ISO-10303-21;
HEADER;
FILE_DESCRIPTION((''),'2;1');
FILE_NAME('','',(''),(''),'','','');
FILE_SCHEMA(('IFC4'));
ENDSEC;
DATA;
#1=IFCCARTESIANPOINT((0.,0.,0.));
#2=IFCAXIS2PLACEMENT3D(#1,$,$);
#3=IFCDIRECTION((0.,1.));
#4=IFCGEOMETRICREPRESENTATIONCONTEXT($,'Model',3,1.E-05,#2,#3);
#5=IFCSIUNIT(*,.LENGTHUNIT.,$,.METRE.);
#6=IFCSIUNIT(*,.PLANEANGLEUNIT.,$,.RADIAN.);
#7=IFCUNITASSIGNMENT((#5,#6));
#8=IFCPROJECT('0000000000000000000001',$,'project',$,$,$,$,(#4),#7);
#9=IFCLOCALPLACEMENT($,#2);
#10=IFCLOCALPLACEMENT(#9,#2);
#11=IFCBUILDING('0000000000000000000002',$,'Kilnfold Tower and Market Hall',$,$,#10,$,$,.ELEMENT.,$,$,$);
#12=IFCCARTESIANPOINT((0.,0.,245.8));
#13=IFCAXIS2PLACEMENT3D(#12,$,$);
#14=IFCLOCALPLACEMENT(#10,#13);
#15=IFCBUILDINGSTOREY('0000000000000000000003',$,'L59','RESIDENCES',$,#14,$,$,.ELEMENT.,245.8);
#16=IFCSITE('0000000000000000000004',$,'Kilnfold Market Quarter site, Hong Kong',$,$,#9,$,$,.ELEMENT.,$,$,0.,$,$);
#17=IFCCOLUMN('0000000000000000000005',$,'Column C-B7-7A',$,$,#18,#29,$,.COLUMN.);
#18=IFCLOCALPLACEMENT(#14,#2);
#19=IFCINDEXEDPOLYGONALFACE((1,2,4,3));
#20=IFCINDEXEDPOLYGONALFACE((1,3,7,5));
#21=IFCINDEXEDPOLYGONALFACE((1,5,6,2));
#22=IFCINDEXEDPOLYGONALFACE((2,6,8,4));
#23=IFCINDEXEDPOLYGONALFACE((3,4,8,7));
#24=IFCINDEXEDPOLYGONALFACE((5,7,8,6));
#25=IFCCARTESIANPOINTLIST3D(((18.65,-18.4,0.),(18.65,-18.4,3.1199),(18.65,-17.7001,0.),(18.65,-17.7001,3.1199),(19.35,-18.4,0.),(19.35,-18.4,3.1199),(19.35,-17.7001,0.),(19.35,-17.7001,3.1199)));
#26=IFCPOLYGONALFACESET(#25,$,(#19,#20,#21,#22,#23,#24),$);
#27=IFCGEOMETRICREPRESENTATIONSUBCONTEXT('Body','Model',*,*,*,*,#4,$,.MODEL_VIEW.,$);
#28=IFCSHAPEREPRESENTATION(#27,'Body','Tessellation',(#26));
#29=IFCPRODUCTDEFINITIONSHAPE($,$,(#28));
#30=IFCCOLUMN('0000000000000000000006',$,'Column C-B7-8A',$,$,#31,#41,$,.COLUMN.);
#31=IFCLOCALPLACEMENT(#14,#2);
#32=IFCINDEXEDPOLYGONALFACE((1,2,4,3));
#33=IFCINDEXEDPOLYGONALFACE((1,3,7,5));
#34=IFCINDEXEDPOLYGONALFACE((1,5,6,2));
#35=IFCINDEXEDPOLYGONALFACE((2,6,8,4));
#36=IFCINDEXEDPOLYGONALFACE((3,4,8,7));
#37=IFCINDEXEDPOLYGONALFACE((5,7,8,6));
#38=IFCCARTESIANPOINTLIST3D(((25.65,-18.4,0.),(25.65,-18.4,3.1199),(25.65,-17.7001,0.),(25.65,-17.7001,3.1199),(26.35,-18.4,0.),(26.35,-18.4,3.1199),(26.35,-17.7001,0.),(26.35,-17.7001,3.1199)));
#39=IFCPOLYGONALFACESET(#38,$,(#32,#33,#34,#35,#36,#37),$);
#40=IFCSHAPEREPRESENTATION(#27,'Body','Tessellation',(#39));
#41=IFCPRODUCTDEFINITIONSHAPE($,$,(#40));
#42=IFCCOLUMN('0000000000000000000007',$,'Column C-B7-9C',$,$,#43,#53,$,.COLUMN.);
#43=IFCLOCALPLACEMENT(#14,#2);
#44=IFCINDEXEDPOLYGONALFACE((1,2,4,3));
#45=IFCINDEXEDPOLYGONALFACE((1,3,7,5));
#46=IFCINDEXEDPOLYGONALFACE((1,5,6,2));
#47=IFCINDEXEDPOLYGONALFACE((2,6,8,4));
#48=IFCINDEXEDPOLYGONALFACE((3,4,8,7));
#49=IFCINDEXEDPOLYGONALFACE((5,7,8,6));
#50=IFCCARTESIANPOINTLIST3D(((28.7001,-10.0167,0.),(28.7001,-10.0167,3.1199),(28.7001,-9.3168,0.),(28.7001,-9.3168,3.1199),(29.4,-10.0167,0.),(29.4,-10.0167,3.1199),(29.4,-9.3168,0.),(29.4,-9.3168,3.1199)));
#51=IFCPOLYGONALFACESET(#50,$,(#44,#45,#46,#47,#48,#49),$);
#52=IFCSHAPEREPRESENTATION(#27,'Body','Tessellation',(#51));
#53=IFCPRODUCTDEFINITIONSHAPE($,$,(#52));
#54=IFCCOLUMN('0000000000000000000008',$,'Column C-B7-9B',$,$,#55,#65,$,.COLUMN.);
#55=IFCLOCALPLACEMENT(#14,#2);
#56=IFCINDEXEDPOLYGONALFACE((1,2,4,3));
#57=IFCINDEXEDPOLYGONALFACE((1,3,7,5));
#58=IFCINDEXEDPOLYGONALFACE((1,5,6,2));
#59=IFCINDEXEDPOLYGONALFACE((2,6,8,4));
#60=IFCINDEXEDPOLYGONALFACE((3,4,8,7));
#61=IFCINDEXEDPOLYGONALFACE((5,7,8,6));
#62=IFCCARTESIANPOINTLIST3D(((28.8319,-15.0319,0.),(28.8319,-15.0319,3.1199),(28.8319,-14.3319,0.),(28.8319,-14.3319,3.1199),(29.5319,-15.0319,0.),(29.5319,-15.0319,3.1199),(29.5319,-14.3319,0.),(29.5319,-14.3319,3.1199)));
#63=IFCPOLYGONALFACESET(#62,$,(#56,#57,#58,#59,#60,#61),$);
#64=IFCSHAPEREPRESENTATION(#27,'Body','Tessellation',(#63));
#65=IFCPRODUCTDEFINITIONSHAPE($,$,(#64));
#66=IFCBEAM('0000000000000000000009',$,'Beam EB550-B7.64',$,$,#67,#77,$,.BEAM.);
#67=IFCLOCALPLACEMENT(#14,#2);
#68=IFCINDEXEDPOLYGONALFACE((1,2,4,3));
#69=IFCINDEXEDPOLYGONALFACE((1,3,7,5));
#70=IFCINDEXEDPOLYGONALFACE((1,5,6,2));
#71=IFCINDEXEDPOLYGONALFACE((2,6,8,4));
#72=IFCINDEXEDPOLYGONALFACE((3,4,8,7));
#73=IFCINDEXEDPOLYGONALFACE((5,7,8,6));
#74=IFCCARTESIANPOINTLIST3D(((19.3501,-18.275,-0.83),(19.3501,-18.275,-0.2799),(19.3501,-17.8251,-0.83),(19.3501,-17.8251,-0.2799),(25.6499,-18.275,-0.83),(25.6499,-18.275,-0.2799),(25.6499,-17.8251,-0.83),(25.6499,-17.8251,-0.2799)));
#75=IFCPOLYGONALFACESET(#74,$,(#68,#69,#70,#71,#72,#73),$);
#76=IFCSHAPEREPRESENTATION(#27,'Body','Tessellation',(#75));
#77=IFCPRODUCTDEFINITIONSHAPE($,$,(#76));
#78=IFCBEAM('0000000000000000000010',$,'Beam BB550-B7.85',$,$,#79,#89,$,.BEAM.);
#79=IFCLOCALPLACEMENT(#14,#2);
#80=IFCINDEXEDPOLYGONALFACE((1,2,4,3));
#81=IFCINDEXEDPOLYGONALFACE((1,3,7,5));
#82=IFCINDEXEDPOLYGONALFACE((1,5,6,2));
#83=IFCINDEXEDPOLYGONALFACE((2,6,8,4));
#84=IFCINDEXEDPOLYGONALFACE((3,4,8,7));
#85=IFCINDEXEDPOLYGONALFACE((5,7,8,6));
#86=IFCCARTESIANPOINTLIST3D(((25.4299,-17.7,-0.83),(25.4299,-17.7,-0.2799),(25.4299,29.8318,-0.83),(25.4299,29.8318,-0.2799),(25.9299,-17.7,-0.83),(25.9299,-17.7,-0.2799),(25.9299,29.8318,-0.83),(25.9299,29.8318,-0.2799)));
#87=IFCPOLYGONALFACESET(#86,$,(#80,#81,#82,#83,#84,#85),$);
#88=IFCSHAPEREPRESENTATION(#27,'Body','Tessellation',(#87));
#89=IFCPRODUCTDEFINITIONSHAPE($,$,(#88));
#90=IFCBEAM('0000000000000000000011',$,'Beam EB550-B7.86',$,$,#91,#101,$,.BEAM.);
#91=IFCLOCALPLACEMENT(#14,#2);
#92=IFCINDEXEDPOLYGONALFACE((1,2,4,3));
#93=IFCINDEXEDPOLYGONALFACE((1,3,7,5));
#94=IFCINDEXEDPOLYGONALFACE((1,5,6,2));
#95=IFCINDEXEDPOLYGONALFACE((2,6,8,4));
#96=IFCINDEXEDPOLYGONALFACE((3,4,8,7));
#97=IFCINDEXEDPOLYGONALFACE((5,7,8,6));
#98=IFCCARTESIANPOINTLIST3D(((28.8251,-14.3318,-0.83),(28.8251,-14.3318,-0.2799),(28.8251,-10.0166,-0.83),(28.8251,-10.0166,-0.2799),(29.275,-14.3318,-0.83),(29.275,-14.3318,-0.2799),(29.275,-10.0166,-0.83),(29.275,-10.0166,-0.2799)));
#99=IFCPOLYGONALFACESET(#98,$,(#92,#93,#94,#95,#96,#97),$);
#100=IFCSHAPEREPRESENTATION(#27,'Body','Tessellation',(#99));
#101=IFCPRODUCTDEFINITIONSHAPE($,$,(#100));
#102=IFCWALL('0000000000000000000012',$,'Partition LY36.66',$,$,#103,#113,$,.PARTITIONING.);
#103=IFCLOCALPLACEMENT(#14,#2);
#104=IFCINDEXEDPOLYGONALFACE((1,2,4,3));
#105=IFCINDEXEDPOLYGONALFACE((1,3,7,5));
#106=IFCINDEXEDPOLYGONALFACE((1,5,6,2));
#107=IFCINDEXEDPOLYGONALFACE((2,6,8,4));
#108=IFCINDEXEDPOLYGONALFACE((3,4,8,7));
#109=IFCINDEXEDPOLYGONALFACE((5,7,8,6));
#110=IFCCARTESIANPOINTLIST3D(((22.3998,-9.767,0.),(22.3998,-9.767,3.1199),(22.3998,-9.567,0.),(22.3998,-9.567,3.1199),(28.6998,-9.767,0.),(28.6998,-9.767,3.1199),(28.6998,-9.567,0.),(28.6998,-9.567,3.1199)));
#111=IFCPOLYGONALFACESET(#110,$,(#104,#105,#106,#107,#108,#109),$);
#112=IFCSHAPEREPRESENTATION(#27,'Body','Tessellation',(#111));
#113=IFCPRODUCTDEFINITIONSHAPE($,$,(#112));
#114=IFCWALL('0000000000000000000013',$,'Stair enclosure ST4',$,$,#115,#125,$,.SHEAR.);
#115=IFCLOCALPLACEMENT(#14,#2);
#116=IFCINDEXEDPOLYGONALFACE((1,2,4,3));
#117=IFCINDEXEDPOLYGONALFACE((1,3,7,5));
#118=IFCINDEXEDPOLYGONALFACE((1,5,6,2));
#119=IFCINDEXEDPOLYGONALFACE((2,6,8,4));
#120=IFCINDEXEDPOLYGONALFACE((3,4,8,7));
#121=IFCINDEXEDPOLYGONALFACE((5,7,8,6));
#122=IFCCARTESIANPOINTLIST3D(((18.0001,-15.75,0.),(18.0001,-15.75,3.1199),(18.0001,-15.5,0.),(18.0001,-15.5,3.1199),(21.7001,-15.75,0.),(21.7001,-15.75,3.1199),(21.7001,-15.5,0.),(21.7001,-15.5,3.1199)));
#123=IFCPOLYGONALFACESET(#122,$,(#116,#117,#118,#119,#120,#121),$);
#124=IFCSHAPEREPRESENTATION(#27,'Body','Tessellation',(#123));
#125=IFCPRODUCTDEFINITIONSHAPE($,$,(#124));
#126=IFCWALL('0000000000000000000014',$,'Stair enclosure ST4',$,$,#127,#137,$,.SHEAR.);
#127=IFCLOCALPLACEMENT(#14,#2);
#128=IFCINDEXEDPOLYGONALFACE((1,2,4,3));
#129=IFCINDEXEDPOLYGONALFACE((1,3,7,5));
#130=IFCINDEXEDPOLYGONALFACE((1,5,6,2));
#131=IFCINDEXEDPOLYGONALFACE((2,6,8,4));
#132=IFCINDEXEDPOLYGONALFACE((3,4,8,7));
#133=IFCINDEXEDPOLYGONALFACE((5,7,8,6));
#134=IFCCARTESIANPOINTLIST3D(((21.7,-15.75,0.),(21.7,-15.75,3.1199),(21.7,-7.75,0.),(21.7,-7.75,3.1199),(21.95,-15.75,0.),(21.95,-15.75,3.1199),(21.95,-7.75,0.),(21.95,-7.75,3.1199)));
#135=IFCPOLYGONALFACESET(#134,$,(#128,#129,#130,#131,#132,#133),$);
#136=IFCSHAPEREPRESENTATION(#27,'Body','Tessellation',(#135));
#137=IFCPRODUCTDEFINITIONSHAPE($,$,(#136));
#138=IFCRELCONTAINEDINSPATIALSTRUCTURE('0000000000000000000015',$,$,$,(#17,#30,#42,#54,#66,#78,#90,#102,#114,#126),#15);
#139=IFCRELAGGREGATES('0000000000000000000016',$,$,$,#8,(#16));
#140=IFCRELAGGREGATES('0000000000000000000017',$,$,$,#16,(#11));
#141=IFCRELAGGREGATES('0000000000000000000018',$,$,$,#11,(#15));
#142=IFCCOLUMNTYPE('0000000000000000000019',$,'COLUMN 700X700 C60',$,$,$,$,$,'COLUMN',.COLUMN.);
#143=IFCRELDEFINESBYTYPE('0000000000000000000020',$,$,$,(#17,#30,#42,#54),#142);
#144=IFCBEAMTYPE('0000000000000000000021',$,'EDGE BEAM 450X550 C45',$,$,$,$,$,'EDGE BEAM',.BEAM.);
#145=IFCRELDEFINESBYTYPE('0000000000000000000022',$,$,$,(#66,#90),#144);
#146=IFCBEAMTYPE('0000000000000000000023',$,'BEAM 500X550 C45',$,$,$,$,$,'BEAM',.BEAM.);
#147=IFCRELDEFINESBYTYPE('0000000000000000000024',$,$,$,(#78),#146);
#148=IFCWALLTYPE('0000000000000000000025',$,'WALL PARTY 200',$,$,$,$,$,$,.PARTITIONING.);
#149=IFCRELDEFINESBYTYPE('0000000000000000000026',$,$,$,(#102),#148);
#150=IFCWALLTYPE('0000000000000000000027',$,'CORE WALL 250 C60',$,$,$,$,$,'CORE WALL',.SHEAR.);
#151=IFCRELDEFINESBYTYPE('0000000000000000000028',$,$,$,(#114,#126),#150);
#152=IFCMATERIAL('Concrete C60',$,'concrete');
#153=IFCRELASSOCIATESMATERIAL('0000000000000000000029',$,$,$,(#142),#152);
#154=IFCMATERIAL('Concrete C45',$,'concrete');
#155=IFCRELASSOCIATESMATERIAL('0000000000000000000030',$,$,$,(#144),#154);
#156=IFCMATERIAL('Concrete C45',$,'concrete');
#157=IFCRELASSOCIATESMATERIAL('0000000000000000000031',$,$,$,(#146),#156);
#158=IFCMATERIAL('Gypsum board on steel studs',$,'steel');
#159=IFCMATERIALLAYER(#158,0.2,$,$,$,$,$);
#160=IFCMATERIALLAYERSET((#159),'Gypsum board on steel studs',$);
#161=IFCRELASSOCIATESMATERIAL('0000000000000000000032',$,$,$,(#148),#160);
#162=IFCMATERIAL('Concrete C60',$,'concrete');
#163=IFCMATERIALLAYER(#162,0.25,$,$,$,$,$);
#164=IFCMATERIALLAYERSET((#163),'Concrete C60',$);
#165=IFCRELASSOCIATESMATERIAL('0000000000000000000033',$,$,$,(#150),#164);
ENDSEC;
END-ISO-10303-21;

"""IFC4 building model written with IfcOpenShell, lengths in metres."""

from ifc_helpers import new_model, si_unit, direction, frame, frame_2d, origin, origin_2d, place, context, subcontext, project, spatial, rectangle, extrude, source, transform, mapped, material, layer, layer_set, material_profile, profile_set, type_object, element, save


model = new_model("IFC4")

# Units and contexts
model_context = context("Model", 3, precision=1e-05, world=origin(), true_north=direction((0.0, 1.0)))
body_context = subcontext(model_context, "Body", "Model", "MODEL_VIEW")
ifc_project = project(units=[si_unit("LENGTHUNIT", "METRE"), si_unit("PLANEANGLEUNIT", "RADIAN")], contexts=[model_context])

# Site, building, storey
site_placement = place(None, origin())
site = spatial("IfcSite", under=ifc_project, at=site_placement, Name="Kilnfold Market Quarter site, Hong Kong", CompositionType="ELEMENT", RefElevation=0.0)
building_placement = place(site_placement, origin())
building = spatial("IfcBuilding", under=site, at=building_placement, Name="Kilnfold Tower and Market Hall", CompositionType="ELEMENT")
storey_placement = place(building_placement, frame((0.0, 0.0, 245.8)))
storey = spatial("IfcBuildingStorey", under=building, at=storey_placement, Name="L59", Description="RESIDENCES", CompositionType="ELEMENT", Elevation=245.8)

# Columns
ifc_material_1 = material(Name="Concrete C60", Category="concrete")
ifc_material_profile_1 = material_profile(ifc_material_1, rectangle(XDim=0.7, YDim=0.7, at=origin_2d()), Name="RC 700x700")
ifc_profile_set_1 = profile_set([ifc_material_profile_1], Name="Concrete C60")
column_type = type_object("IfcColumnType", Name="COLUMN 700X700 C60", ElementType="COLUMN", PredefinedType="COLUMN", material=ifc_profile_set_1)
shared_shape_1 = source(origin(), body_context, "Body", "SweptSolid", [
    extrude(rectangle(XDim=0.7, YDim=0.7, at=origin_2d()), origin(), (0.0, 0.0, 1.0), 3.1199),
])
for number, where, z_axis, x_axis, name in (
    (1, (19.0, -18.05, 0.0), (0.0, 0.0, 1.0), (1.0, 0.0, 0.0), "Column C-B7-7A"),
    (2, (26.0, -18.05, 0.0), (0.0, 0.0, 1.0), (1.0, 0.0, 0.0), "Column C-B7-8A"),
    (3, (29.05, -9.6667, 0.0), (0.0, 0.0, 1.0), (1.0, 0.0, 0.0), "Column C-B7-9C"),
    (4, (29.1819, -14.6819, 0.0), (0.0, 0.0, 1.0), (1.0, 0.0, 0.0), "Column C-B7-9B"),
):
    element("IfcColumn", number, at=place(storey_placement, frame(where, z_axis=z_axis, x_axis=x_axis)), inside=storey, type_object=column_type, Name=name, PredefinedType="COLUMN", context=body_context, shape_type="MappedRepresentation", body=[
        mapped(shared_shape_1, transform((0.0, 0.0, 0.0))),
    ])

# Beams
ifc_material_2 = material(Name="Concrete C45", Category="concrete")
ifc_material_profile_2 = material_profile(ifc_material_2, rectangle(XDim=0.45, YDim=0.55, at=origin_2d()), Name="RC 450x550")
ifc_profile_set_2 = profile_set([ifc_material_profile_2], Name="Concrete C45")
beam_type_1 = type_object("IfcBeamType", Name="EDGE BEAM 450X550 C45", ElementType="EDGE BEAM", PredefinedType="BEAM", material=ifc_profile_set_2)
shared_shape_2 = source(origin(), body_context, "Body", "SweptSolid", [
    extrude(rectangle(XDim=0.45, YDim=0.55, at=origin_2d()), origin(), (0.0, 0.0, 1.0), 6.2998),
])
beam_1_placement = place(storey_placement, frame((19.3501, -18.05, -0.5549), z_axis=(1.0, 0.0, 0.0), x_axis=(0.0, 1.0, 0.0)))
element("IfcBeam", 5, at=beam_1_placement, inside=storey, type_object=beam_type_1, Name="Beam EB550-B7.64", PredefinedType="BEAM", context=body_context, shape_type="MappedRepresentation", body=[
    mapped(shared_shape_2, transform((0.0, 0.0, 0.0))),
])
ifc_material_3 = material(Name="Concrete C45", Category="concrete")
ifc_material_profile_3 = material_profile(ifc_material_3, rectangle(XDim=0.5, YDim=0.55, at=origin_2d()), Name="RC 500x550")
ifc_profile_set_3 = profile_set([ifc_material_profile_3], Name="Concrete C45")
beam_type_2 = type_object("IfcBeamType", Name="BEAM 500X550 C45", ElementType="BEAM", PredefinedType="BEAM", material=ifc_profile_set_3)
shared_shape_3 = source(origin(), body_context, "Body", "SweptSolid", [
    extrude(rectangle(XDim=0.5, YDim=0.55, at=origin_2d()), origin(), (0.0, 0.0, 1.0), 47.5317),
])
beam_2_placement = place(storey_placement, frame((25.6799, -17.7, -0.5549), z_axis=(0.0, 1.0, 0.0), x_axis=(-1.0, 0.0, 0.0)))
element("IfcBeam", 6, at=beam_2_placement, inside=storey, type_object=beam_type_2, Name="Beam BB550-B7.85", PredefinedType="BEAM", context=body_context, shape_type="MappedRepresentation", body=[
    mapped(shared_shape_3, transform((0.0, 0.0, 0.0))),
])
shared_shape_4 = source(origin(), body_context, "Body", "SweptSolid", [
    extrude(rectangle(XDim=0.45, YDim=0.55, at=origin_2d()), origin(), (0.0, 0.0, 1.0), 4.3152),
])
beam_3_placement = place(storey_placement, frame((29.05, -14.3318, -0.5549), z_axis=(0.0, 1.0, 0.0), x_axis=(-1.0, 0.0, 0.0)))
element("IfcBeam", 7, at=beam_3_placement, inside=storey, type_object=beam_type_1, Name="Beam EB550-B7.86", PredefinedType="BEAM", context=body_context, shape_type="MappedRepresentation", body=[
    mapped(shared_shape_4, transform((0.0, 0.0, 0.0))),
])

# Walls
ifc_material_4 = material(Name="Gypsum board on steel studs", Category="steel")
ifc_layer_1 = layer(ifc_material_4, 0.2)
ifc_layer_set_1 = layer_set([ifc_layer_1], Name="Gypsum board on steel studs")
wall_type_1 = type_object("IfcWallType", Name="WALL PARTY 200", PredefinedType="PARTITIONING", material=ifc_layer_set_1)
wall_1_placement = place(storey_placement, frame((22.3999, -9.667, 0.0), z_axis=(0.0, 0.0, 1.0), x_axis=(1.0, 0.0, 0.0)))
element("IfcWall", 8, at=wall_1_placement, inside=storey, type_object=wall_type_1, Name="Partition LY36.66", PredefinedType="PARTITIONING", context=body_context, shape_type="SweptSolid", body=[
    extrude(rectangle(XDim=6.3, YDim=0.2, at=frame_2d((3.1499, 0.0))), origin(), (0.0, 0.0, 1.0), 3.1199),
])
ifc_material_5 = material(Name="Concrete C60", Category="concrete")
ifc_layer_2 = layer(ifc_material_5, 0.25)
ifc_layer_set_2 = layer_set([ifc_layer_2], Name="Concrete C60")
wall_type_2 = type_object("IfcWallType", Name="CORE WALL 250 C60", ElementType="CORE WALL", PredefinedType="SHEAR", material=ifc_layer_set_2)
shared_shape_5 = source(origin(), body_context, "Body", "SweptSolid", [
    extrude(rectangle(XDim=3.7, YDim=0.25, at=frame_2d((1.8501, 0.0))), origin(), (0.0, 0.0, 1.0), 3.1199),
])
wall_2_placement = place(storey_placement, frame((18.0, -15.625, 0.0), z_axis=(0.0, 0.0, 1.0), x_axis=(1.0, 0.0, 0.0)))
element("IfcWall", 9, at=wall_2_placement, inside=storey, type_object=wall_type_2, Name="Stair enclosure ST4", PredefinedType="SHEAR", context=body_context, shape_type="MappedRepresentation", body=[
    mapped(shared_shape_5, transform((0.0, 0.0, 0.0))),
])
shared_shape_6 = source(origin(), body_context, "Body", "SweptSolid", [
    extrude(rectangle(XDim=8.0, YDim=0.25, at=frame_2d((4.0, 0.0))), origin(), (0.0, 0.0, 1.0), 3.1199),
])
wall_3_placement = place(storey_placement, frame((21.825, -15.75, 0.0), z_axis=(0.0, 0.0, 1.0), x_axis=(0.0, 1.0, 0.0)))
element("IfcWall", 10, at=wall_3_placement, inside=storey, type_object=wall_type_2, Name="Stair enclosure ST4", PredefinedType="SHEAR", context=body_context, shape_type="MappedRepresentation", body=[
    mapped(shared_shape_6, transform((0.0, 0.0, 0.0))),
])

save(model, "model.ifc")
